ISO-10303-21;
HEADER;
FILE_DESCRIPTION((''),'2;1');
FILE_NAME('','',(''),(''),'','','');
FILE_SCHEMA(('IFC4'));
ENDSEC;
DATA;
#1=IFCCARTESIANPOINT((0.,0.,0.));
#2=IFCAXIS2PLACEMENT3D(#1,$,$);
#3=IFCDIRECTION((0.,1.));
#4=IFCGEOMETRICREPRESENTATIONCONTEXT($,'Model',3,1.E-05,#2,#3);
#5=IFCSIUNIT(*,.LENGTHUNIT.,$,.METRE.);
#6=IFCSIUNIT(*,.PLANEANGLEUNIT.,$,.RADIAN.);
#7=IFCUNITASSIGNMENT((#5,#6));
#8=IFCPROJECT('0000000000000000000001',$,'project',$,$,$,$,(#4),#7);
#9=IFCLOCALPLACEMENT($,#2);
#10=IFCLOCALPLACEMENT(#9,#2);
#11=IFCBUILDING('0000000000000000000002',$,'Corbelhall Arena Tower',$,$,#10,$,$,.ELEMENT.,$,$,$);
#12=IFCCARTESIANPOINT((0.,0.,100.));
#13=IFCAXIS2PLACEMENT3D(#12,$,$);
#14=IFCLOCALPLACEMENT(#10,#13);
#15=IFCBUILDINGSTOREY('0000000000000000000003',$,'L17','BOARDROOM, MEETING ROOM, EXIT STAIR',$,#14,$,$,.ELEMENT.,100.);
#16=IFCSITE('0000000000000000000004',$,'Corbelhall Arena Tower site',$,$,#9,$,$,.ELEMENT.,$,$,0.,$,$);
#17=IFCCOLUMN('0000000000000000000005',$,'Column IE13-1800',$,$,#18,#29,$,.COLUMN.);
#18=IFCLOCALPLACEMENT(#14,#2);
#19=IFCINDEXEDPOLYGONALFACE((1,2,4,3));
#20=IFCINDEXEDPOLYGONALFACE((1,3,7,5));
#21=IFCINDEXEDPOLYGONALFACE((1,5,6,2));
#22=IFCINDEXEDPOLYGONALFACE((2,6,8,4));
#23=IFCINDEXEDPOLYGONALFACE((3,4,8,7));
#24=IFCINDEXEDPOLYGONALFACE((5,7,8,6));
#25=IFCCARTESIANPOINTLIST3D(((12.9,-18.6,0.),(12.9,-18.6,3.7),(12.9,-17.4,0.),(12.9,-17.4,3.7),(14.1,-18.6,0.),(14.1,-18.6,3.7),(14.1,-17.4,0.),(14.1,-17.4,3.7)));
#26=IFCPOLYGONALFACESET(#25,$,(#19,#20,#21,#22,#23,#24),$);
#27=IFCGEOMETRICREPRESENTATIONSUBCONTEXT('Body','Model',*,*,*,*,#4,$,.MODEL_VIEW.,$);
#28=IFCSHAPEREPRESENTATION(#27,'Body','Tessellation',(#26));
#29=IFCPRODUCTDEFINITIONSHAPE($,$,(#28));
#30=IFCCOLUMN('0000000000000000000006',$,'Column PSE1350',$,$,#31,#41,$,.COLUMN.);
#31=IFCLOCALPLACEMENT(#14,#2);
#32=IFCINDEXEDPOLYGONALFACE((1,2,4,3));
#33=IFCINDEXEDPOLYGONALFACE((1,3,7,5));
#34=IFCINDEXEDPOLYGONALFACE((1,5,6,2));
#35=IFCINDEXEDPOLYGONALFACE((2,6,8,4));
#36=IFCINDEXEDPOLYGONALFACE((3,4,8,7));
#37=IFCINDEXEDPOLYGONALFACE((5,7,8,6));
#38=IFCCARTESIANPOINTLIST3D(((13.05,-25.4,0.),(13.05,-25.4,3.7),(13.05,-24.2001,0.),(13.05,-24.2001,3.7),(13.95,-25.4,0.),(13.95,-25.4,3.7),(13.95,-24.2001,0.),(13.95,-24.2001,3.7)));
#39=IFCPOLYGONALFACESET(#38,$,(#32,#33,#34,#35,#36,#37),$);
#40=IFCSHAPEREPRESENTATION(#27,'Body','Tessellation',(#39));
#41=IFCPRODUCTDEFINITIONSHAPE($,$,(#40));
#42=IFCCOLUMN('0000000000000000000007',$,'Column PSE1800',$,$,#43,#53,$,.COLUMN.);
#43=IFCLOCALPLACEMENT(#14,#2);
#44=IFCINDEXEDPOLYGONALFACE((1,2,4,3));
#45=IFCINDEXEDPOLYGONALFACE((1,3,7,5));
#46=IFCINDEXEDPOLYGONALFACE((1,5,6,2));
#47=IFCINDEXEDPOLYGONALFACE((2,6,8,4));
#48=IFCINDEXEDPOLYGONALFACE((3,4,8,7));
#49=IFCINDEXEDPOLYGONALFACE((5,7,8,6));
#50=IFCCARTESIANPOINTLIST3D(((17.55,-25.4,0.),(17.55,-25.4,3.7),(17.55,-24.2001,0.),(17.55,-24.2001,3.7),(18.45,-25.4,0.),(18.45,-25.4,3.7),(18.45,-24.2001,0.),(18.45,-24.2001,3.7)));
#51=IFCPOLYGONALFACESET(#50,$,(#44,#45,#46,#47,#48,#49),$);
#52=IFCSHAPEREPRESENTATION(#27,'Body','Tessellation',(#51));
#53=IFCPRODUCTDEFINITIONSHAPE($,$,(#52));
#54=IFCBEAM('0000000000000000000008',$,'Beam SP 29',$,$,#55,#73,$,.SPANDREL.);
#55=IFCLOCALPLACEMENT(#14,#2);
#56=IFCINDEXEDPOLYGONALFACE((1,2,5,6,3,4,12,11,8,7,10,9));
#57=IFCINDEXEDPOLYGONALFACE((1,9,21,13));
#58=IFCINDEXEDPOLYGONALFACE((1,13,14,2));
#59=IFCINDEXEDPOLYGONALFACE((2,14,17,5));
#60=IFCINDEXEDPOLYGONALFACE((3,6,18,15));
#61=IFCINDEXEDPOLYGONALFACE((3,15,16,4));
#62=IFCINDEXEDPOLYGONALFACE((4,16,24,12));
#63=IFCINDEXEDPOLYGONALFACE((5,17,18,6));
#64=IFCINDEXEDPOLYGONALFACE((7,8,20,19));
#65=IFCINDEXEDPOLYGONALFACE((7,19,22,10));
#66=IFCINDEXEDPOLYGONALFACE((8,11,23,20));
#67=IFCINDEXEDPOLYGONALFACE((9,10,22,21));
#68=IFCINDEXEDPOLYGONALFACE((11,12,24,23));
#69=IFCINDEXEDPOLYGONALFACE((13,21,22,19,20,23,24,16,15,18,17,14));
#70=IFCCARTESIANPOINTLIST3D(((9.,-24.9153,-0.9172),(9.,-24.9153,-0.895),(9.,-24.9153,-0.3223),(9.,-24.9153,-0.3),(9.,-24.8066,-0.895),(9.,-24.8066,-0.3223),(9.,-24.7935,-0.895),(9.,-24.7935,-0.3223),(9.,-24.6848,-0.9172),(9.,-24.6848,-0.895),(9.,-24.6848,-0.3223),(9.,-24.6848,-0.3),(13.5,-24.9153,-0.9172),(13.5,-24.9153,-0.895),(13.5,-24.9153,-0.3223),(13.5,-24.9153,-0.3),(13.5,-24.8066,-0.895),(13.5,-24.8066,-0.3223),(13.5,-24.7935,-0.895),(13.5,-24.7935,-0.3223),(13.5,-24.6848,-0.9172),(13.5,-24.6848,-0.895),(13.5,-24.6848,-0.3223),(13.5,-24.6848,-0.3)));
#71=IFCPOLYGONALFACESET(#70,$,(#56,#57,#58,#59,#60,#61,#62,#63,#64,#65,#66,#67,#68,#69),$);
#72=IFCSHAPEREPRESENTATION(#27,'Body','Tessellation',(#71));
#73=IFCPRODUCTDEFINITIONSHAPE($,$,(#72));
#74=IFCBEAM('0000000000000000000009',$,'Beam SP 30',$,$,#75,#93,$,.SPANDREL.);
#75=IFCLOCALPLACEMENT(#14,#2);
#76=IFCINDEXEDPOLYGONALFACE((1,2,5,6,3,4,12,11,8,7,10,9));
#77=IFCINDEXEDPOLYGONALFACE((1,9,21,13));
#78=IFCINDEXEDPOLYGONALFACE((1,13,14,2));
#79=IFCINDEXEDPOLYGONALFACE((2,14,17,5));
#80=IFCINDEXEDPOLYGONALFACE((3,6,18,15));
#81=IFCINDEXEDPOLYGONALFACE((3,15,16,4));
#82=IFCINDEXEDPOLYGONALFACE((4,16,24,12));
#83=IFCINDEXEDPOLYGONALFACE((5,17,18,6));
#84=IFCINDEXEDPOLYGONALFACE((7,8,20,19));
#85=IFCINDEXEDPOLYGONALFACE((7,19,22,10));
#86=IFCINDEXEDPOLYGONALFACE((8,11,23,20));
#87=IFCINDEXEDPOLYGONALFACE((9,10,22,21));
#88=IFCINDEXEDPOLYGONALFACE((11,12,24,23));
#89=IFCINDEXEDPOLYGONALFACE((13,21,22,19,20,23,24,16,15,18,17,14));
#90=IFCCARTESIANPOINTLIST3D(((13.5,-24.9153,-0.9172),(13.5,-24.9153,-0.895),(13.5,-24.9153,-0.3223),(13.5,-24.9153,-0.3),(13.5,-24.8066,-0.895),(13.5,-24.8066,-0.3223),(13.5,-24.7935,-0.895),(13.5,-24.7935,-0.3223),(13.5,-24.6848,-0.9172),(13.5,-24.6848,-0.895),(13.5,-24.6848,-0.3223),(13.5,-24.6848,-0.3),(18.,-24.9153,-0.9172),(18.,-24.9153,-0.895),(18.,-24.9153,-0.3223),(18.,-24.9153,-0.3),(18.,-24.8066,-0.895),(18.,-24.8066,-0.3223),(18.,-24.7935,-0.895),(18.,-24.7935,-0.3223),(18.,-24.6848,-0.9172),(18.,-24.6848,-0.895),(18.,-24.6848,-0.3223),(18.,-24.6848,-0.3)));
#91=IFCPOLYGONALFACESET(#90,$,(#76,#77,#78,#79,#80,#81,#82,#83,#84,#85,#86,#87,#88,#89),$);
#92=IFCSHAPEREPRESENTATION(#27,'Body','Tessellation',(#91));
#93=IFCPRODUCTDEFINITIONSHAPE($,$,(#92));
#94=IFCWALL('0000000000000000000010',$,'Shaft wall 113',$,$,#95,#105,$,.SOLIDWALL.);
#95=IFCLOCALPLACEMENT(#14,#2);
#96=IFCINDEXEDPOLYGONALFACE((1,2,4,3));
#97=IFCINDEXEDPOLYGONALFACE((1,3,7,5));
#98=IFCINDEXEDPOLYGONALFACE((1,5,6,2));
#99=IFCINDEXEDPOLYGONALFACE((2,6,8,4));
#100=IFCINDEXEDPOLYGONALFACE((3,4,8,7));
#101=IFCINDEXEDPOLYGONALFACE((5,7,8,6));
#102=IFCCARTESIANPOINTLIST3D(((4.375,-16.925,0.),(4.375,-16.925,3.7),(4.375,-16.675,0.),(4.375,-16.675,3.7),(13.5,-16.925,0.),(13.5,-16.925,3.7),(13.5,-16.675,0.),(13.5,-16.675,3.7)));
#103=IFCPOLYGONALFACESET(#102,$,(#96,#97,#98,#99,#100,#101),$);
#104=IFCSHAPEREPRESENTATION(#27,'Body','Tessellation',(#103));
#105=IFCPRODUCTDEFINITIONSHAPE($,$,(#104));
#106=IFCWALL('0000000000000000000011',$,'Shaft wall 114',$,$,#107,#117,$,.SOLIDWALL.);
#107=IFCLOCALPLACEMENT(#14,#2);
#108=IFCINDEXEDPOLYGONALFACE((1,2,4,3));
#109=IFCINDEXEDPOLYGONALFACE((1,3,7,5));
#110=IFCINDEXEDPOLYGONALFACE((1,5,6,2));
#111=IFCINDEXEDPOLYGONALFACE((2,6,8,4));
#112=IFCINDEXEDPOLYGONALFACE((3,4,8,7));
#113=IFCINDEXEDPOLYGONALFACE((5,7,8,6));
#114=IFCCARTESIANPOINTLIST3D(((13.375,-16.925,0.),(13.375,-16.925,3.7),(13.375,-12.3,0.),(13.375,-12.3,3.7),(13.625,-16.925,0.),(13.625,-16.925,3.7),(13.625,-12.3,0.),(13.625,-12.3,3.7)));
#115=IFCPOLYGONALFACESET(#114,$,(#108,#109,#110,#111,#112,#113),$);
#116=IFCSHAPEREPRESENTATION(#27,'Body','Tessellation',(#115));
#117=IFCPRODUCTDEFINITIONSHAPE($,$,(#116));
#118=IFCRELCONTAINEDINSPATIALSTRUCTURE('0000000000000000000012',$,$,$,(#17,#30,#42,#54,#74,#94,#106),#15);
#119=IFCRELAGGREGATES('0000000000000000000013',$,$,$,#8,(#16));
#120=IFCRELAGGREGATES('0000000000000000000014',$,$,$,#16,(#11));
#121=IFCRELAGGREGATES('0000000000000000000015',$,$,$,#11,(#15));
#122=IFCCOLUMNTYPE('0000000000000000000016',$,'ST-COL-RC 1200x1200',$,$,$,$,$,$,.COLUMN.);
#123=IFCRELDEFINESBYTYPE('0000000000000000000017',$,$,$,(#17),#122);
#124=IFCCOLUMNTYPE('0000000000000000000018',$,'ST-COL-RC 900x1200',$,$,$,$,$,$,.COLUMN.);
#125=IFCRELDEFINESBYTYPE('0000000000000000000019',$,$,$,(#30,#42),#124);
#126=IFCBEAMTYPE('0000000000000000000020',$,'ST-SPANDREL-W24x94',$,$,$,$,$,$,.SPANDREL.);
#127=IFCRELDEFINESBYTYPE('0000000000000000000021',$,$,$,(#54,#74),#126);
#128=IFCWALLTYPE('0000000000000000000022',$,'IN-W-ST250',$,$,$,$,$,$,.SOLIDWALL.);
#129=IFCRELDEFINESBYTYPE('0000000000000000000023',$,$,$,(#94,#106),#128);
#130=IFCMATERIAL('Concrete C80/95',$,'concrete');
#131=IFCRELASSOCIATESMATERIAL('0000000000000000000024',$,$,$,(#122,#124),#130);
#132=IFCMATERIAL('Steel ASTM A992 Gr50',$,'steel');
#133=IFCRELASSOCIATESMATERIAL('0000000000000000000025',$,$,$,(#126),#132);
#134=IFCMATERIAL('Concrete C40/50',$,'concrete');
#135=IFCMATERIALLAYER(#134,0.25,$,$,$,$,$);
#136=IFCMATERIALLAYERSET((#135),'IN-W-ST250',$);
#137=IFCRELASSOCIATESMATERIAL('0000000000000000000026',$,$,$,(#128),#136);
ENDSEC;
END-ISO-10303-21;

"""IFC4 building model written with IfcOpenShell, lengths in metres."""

from ifc_helpers import new_model, si_unit, direction, frame, frame_2d, origin, origin_2d, place, context, subcontext, project, spatial, rectangle, i_section, extrude, material, layer, layer_set, material_profile, profile_set, type_object, element, save


model = new_model("IFC4")

# Units and contexts
model_context = context("Model", 3, precision=1e-05, world=origin(), true_north=direction((0.0, 1.0)))
body_context = subcontext(model_context, "Body", "Model", "MODEL_VIEW")
ifc_project = project(units=[si_unit("LENGTHUNIT", "METRE"), si_unit("PLANEANGLEUNIT", "RADIAN")], contexts=[model_context])

# Site, building, storey
site_placement = place(None, origin())
site = spatial("IfcSite", under=ifc_project, at=site_placement, Name="Corbelhall Arena Tower site", CompositionType="ELEMENT", RefElevation=0.0)
building_placement = place(site_placement, origin())
building = spatial("IfcBuilding", under=site, at=building_placement, Name="Corbelhall Arena Tower", CompositionType="ELEMENT")
storey_placement = place(building_placement, frame((0.0, 0.0, 100.0)))
storey = spatial("IfcBuildingStorey", under=building, at=storey_placement, Name="L17", Description="BOARDROOM, MEETING ROOM, EXIT STAIR", CompositionType="ELEMENT", Elevation=100.0)

# Columns
ifc_material_1 = material(Name="Concrete C80/95", Category="concrete")
ifc_material_profile_1 = material_profile(ifc_material_1, rectangle(XDim=1.2, YDim=1.2, at=origin_2d()))
ifc_profile_set_1 = profile_set([ifc_material_profile_1], Name="Concrete C80/95")
column_type_1 = type_object("IfcColumnType", Name="ST-COL-RC 1200x1200", PredefinedType="COLUMN", material=ifc_profile_set_1)
column_placement = place(storey_placement, frame((13.5, -18.0, 0.0), z_axis=(0.0, 0.0, 1.0), x_axis=(1.0, 0.0, 0.0)))
element("IfcColumn", 1, at=column_placement, inside=storey, type_object=column_type_1, Name="Column IE13-1800", PredefinedType="COLUMN", context=body_context, shape_type="SweptSolid", body=[
    extrude(rectangle(XDim=1.2, YDim=1.2, at=origin_2d()), origin(), (0.0, 0.0, 1.0), 3.7),
])
ifc_material_profile_2 = material_profile(ifc_material_1, rectangle(XDim=0.8999, YDim=1.2, at=origin_2d()))
ifc_profile_set_2 = profile_set([ifc_material_profile_2], Name="Concrete C80/95")
column_type_2 = type_object("IfcColumnType", Name="ST-COL-RC 900x1200", PredefinedType="COLUMN", material=ifc_profile_set_2)
for number, where, z_axis, x_axis, name in (
    (2, (13.5, -24.8, 0.0), (0.0, 0.0, 1.0), (1.0, 0.0, 0.0), "Column PSE1350"),
    (3, (18.0, -24.8, 0.0), (0.0, 0.0, 1.0), (1.0, 0.0, 0.0), "Column PSE1800"),
):
    element("IfcColumn", number, at=place(storey_placement, frame(where, z_axis=z_axis, x_axis=x_axis)), inside=storey, type_object=column_type_2, Name=name, PredefinedType="COLUMN", context=body_context, shape_type="SweptSolid", body=[
        extrude(rectangle(XDim=0.8999, YDim=1.2, at=origin_2d()), origin(), (0.0, 0.0, 1.0), 3.7),
    ])

# Beams
ifc_material_2 = material(Name="Steel ASTM A992 Gr50", Category="steel")
ifc_material_profile_3 = material_profile(ifc_material_2, i_section(OverallWidth=0.2305, OverallDepth=0.6172, WebThickness=0.0132, FlangeThickness=0.0222, at=origin_2d()))
ifc_profile_set_3 = profile_set([ifc_material_profile_3], Name="Steel ASTM A992 Gr50")
beam_type = type_object("IfcBeamType", Name="ST-SPANDREL-W24x94", PredefinedType="SPANDREL", material=ifc_profile_set_3)
for number, where, z_axis, x_axis, name in (
    (4, (13.5, -24.8, -0.6086), (-1.0, 0.0, 0.0), (0.0, -1.0, 0.0), "Beam SP 29"),
    (5, (18.0, -24.8, -0.6086), (-1.0, 0.0, 0.0), (0.0, -1.0, 0.0), "Beam SP 30"),
):
    element("IfcBeam", number, at=place(storey_placement, frame(where, z_axis=z_axis, x_axis=x_axis)), inside=storey, type_object=beam_type, Name=name, PredefinedType="SPANDREL", context=body_context, shape_type="SweptSolid", body=[
        extrude(i_section(OverallWidth=0.2305, OverallDepth=0.6172, WebThickness=0.0132, FlangeThickness=0.0222, at=origin_2d()), origin(), (0.0, 0.0, 1.0), 4.5),
    ])

# Walls
ifc_material_3 = material(Name="Concrete C40/50", Category="concrete")
ifc_layer_1 = layer(ifc_material_3, 0.25)
ifc_layer_set_1 = layer_set([ifc_layer_1], Name="IN-W-ST250")
wall_type_1 = type_object("IfcWallType", Name="IN-W-ST250", PredefinedType="SOLIDWALL", material=ifc_layer_set_1)
wall_1_placement = place(storey_placement, frame((13.5, -16.8, 0.0), z_axis=(0.0, 0.0, 1.0), x_axis=(-1.0, 0.0, 0.0)))
element("IfcWall", 6, at=wall_1_placement, inside=storey, type_object=wall_type_1, Name="Shaft wall 113", PredefinedType="SOLIDWALL", context=body_context, shape_type="SweptSolid", body=[
    extrude(rectangle(XDim=9.125, YDim=0.25, at=frame_2d((4.5625, 0.0))), origin(), (0.0, 0.0, 1.0), 3.7),
])
wall_2_placement = place(storey_placement, frame((13.5, -12.3, 0.0), z_axis=(0.0, 0.0, 1.0), x_axis=(0.0, -1.0, 0.0)))
element("IfcWall", 7, at=wall_2_placement, inside=storey, type_object=wall_type_1, Name="Shaft wall 114", PredefinedType="SOLIDWALL", context=body_context, shape_type="SweptSolid", body=[
    extrude(rectangle(XDim=4.625, YDim=0.25, at=frame_2d((2.3125, 0.0))), origin(), (0.0, 0.0, 1.0), 3.7),
])

save(model, "model.ifc")
